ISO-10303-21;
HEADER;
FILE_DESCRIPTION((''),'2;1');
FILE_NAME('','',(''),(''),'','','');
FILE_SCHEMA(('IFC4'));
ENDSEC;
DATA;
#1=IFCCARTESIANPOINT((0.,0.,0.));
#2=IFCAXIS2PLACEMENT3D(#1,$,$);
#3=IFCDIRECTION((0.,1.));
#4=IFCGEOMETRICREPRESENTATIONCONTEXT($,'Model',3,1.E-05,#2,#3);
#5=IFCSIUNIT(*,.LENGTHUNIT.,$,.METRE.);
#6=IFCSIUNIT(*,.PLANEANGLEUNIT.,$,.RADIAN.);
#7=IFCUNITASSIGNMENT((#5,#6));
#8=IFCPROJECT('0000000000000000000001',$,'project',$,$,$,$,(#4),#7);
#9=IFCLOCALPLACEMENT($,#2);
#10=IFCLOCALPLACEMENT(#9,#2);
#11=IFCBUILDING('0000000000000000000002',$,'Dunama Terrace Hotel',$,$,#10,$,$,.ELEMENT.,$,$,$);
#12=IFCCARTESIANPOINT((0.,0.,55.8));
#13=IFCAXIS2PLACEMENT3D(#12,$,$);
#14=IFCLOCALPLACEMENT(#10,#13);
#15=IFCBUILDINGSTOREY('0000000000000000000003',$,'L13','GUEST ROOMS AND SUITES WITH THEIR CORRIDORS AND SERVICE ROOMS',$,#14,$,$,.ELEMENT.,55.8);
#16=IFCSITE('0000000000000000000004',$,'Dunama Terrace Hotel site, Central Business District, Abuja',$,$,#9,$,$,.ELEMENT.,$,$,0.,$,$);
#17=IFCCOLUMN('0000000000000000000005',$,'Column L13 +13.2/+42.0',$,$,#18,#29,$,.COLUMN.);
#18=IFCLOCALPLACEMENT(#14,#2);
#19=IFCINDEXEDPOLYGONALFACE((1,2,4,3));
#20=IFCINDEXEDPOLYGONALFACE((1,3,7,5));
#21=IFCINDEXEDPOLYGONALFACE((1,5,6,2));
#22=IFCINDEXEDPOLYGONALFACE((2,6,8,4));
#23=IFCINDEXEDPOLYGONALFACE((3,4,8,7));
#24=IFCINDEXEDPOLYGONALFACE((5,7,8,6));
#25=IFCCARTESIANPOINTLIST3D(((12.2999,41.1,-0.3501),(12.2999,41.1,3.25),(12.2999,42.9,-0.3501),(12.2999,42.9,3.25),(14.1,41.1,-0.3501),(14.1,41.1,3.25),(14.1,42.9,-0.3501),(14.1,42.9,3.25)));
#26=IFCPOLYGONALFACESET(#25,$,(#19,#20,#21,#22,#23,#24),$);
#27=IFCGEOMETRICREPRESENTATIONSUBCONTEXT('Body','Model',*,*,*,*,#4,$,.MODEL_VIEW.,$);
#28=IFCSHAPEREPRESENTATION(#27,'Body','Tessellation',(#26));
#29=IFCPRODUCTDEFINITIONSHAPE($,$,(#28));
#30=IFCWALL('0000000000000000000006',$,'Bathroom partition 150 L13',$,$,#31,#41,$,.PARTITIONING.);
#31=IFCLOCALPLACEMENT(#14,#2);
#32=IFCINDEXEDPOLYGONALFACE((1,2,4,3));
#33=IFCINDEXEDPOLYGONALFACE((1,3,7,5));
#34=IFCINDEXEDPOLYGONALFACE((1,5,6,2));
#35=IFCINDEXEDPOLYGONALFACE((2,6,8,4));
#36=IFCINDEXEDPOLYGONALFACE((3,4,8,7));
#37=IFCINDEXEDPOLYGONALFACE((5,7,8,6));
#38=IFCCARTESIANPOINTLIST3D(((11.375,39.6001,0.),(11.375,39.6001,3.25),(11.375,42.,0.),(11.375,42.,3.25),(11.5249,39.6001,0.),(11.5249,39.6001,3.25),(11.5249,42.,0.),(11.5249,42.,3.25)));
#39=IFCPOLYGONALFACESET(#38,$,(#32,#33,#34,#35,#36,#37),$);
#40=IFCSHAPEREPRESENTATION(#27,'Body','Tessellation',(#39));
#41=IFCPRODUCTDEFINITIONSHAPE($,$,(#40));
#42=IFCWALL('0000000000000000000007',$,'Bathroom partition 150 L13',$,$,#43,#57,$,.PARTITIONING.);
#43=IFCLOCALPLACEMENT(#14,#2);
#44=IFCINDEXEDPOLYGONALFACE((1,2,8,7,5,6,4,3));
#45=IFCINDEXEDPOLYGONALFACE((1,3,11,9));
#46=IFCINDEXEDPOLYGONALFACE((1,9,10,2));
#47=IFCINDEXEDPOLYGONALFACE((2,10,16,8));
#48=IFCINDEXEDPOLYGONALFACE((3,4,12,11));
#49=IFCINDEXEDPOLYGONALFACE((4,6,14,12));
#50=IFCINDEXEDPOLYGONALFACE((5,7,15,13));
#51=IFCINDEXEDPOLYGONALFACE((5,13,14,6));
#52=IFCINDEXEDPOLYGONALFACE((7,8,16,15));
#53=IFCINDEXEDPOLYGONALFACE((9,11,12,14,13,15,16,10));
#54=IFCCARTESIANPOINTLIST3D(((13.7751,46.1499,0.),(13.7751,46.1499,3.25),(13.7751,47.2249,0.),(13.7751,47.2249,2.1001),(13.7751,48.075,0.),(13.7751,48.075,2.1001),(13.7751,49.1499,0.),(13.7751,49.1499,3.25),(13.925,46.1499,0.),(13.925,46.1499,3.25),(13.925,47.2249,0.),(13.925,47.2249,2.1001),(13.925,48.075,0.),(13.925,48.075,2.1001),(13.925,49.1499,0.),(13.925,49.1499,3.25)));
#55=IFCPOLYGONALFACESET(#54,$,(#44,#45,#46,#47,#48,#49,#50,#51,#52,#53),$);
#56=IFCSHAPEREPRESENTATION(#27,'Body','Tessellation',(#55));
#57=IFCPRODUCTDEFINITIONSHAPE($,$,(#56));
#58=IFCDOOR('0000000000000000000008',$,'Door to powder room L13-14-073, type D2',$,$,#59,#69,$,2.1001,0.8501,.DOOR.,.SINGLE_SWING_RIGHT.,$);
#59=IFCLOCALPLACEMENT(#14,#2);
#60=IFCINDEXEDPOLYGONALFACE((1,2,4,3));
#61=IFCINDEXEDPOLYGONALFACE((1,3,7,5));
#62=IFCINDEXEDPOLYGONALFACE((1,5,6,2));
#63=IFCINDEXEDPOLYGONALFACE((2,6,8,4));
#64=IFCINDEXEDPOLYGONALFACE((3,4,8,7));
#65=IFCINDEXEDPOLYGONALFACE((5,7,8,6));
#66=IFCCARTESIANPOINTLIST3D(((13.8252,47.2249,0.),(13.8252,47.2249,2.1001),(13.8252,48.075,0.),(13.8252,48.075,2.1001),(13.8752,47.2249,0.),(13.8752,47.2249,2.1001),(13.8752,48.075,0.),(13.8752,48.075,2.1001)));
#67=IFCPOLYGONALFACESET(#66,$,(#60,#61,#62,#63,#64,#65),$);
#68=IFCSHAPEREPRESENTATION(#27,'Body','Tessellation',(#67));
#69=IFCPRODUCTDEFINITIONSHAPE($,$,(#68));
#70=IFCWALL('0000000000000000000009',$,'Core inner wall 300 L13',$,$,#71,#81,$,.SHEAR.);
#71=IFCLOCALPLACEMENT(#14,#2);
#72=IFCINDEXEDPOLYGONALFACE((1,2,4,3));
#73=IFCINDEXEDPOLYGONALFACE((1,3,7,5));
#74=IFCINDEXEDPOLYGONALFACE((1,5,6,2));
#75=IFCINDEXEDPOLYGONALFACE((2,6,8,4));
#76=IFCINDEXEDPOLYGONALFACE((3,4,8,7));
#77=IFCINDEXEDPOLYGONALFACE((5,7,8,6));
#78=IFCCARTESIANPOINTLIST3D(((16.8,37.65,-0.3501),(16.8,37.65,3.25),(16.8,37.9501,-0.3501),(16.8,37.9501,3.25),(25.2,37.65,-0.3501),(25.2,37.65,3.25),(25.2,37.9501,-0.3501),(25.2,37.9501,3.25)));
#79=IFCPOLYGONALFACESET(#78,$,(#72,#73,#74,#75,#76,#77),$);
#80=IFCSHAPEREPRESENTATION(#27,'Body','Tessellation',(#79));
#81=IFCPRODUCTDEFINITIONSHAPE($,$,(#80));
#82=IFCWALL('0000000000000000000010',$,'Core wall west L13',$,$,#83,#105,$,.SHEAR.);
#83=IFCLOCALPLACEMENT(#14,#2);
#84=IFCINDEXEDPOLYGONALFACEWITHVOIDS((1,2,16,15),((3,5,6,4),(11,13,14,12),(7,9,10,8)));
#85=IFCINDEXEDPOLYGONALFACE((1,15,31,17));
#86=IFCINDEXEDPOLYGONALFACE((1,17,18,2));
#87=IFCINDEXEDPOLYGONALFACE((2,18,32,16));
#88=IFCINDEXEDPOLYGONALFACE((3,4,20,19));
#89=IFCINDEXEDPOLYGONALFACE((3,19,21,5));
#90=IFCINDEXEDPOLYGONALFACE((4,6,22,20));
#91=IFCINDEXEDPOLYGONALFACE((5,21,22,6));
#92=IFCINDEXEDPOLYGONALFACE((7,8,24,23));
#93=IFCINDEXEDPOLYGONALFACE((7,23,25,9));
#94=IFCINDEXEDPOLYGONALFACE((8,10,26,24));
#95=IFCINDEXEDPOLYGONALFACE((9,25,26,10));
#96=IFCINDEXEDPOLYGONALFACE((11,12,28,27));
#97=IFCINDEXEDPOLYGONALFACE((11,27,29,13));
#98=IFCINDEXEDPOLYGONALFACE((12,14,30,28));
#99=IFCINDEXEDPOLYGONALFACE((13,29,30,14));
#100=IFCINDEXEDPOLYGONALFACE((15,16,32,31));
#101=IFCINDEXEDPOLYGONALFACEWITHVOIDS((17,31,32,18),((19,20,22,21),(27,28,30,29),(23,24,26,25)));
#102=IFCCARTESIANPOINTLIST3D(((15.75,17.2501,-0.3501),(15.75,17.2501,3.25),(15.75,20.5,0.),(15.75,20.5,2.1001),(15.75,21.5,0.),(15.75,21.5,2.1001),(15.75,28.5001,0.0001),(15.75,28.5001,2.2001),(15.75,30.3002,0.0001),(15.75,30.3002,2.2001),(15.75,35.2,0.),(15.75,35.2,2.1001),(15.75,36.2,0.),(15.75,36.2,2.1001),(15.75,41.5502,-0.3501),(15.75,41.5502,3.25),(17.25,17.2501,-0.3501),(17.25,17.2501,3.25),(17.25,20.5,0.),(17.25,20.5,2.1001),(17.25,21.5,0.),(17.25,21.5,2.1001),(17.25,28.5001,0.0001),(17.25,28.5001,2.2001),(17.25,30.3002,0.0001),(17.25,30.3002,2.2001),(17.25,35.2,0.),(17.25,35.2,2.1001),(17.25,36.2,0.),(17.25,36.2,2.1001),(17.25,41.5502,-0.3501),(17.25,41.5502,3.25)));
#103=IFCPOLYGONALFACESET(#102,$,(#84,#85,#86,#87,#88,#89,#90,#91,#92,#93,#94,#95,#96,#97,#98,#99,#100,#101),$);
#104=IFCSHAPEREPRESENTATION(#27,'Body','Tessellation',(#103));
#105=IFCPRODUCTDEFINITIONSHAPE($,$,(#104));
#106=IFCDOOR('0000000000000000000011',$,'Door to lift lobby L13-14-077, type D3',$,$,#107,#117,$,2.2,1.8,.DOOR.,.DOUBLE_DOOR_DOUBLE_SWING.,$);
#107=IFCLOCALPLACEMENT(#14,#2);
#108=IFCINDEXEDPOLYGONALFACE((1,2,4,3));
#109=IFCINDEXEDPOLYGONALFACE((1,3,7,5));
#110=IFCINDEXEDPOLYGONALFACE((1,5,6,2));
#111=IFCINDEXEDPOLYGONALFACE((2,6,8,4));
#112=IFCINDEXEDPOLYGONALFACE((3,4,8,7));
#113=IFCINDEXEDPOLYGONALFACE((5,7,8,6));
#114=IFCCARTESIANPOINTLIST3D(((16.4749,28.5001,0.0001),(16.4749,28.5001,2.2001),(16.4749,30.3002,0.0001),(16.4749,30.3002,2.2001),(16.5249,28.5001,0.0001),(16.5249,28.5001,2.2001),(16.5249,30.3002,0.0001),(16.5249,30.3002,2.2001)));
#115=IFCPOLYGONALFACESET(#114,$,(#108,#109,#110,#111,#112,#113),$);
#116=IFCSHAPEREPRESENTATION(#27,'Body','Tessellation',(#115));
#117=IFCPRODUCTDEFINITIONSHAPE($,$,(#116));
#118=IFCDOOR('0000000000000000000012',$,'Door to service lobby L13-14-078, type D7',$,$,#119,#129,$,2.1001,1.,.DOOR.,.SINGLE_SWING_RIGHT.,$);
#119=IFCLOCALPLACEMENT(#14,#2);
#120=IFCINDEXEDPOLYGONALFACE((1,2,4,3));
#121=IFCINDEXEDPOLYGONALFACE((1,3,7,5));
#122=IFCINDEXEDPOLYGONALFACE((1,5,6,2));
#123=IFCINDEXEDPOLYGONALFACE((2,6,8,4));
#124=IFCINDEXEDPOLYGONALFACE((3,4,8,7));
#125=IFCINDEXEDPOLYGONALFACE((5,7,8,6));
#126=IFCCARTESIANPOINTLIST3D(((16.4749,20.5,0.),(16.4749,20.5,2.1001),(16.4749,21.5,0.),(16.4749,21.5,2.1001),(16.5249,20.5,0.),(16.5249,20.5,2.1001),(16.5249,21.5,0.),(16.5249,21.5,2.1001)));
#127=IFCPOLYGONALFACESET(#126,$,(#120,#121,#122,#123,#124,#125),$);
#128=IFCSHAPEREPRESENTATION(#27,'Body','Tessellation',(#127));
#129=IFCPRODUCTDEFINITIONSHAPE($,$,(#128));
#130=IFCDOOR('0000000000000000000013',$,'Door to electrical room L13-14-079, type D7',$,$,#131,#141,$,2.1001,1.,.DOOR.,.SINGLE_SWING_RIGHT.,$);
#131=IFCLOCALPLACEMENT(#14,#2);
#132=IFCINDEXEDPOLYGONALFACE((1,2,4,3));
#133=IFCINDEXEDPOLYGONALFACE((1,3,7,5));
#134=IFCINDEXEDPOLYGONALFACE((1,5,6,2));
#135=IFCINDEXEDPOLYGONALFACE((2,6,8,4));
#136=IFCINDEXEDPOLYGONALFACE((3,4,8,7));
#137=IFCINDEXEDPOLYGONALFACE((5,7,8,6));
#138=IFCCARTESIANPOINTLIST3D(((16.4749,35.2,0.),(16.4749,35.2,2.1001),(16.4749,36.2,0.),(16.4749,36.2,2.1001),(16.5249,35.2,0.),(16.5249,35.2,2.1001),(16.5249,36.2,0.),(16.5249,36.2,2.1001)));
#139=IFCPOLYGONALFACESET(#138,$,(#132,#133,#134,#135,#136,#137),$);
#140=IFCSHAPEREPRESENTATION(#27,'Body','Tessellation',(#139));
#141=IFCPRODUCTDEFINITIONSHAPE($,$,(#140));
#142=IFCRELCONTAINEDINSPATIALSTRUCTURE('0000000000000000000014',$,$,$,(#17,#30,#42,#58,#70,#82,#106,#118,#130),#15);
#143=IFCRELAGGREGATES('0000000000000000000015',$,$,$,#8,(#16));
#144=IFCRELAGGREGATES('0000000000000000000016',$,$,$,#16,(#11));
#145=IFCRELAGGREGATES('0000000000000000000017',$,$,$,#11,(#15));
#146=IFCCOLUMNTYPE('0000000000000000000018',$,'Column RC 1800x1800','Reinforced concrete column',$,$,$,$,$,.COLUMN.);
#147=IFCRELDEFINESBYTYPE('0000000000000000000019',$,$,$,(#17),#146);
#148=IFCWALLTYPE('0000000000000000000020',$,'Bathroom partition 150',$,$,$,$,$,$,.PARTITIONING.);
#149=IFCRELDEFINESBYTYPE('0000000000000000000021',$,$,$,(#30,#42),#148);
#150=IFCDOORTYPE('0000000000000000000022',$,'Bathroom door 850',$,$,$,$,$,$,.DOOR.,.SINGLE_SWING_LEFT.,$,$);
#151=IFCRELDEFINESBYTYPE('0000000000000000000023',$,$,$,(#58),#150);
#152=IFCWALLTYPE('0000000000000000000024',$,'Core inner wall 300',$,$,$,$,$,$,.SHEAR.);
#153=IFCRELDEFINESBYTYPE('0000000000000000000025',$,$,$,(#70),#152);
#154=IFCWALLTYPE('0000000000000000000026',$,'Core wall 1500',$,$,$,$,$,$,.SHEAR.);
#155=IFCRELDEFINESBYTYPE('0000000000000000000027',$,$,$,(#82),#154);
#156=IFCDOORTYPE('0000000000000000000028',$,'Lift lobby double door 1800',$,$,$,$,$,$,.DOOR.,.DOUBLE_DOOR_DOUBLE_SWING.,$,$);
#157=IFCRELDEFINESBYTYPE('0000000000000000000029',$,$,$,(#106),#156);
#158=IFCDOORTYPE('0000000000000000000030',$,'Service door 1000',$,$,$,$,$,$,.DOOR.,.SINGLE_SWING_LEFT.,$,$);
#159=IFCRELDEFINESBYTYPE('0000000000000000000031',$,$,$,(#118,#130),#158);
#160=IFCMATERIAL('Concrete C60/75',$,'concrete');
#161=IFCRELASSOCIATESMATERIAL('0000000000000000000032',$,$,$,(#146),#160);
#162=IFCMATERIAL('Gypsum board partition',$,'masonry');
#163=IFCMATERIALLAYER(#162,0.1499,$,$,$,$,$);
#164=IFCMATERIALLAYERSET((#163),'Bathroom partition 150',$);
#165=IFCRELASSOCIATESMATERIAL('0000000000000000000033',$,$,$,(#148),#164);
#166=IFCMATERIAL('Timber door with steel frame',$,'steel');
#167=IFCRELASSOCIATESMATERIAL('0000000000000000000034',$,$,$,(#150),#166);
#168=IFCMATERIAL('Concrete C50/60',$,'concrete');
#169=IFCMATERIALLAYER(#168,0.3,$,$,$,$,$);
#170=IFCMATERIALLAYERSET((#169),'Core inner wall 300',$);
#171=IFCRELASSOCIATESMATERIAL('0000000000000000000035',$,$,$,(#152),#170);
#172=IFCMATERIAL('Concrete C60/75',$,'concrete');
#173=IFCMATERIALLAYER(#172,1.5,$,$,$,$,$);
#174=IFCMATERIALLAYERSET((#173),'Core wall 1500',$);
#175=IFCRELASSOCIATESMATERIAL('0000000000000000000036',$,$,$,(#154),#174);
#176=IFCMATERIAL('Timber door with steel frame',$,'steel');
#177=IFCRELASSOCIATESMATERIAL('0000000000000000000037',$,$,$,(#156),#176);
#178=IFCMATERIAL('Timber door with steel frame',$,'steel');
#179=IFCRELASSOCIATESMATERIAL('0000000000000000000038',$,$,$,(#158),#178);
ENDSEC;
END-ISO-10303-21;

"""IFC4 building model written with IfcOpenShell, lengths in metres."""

from ifc_helpers import new_model, si_unit, direction, frame, frame_2d, origin, origin_2d, place, context, subcontext, project, spatial, rectangle, extrude, material, layer, layer_set, material_profile, profile_set, type_object, element, fill, save


model = new_model("IFC4")

# Units and contexts
model_context = context("Model", 3, precision=1e-05, world=origin(), true_north=direction((0.0, 1.0)))
body_context = subcontext(model_context, "Body", "Model", "MODEL_VIEW")
ifc_project = project(units=[si_unit("LENGTHUNIT", "METRE"), si_unit("PLANEANGLEUNIT", "RADIAN")], contexts=[model_context])

# Site, building, storey
site_placement = place(None, origin())
site = spatial("IfcSite", under=ifc_project, at=site_placement, Name="Dunama Terrace Hotel site, Central Business District, Abuja", CompositionType="ELEMENT", RefElevation=0.0)
building_placement = place(site_placement, origin())
building = spatial("IfcBuilding", under=site, at=building_placement, Name="Dunama Terrace Hotel", CompositionType="ELEMENT")
storey_placement = place(building_placement, frame((0.0, 0.0, 55.8)))
storey = spatial("IfcBuildingStorey", under=building, at=storey_placement, Name="L13", Description="GUEST ROOMS AND SUITES WITH THEIR CORRIDORS AND SERVICE ROOMS", CompositionType="ELEMENT", Elevation=55.8)

# Column
ifc_material_1 = material(Name="Concrete C60/75", Category="concrete")
ifc_material_profile = material_profile(ifc_material_1, rectangle(XDim=1.8, YDim=1.8, at=origin_2d()), Name="RC 1800x1800")
ifc_profile_set = profile_set([ifc_material_profile], Name="Concrete C60/75")
column_type = type_object("IfcColumnType", Name="Column RC 1800x1800", Description="Reinforced concrete column", PredefinedType="COLUMN", material=ifc_profile_set)
column_placement = place(storey_placement, frame((13.2, 42.0, -0.3501), z_axis=(0.0, 0.0, 1.0), x_axis=(1.0, 0.0, 0.0)))
element("IfcColumn", 1, at=column_placement, inside=storey, type_object=column_type, Name="Column L13 +13.2/+42.0", PredefinedType="COLUMN", context=body_context, shape_type="SweptSolid", body=[
    extrude(rectangle(XDim=1.8, YDim=1.8, at=origin_2d()), origin(), (0.0, 0.0, 1.0), 3.6001),
])

# Wall
ifc_material_2 = material(Name="Gypsum board partition", Category="masonry")
ifc_layer_1 = layer(ifc_material_2, 0.1499)
ifc_layer_set_1 = layer_set([ifc_layer_1], Name="Bathroom partition 150")
wall_type_1 = type_object("IfcWallType", Name="Bathroom partition 150", PredefinedType="PARTITIONING", material=ifc_layer_set_1)
wall_1_placement = place(storey_placement, frame((11.45, 39.6001, 0.0), z_axis=(0.0, 0.0, 1.0), x_axis=(0.0, 1.0, 0.0)))
element("IfcWall", 2, at=wall_1_placement, inside=storey, type_object=wall_type_1, Name="Bathroom partition 150 L13", PredefinedType="PARTITIONING", context=body_context, shape_type="SweptSolid", body=[
    extrude(rectangle(XDim=2.3999, YDim=0.1499, at=frame_2d((1.2, 0.0))), origin(), (0.0, 0.0, 1.0), 3.25),
])

# Wall, opening, door
wall_2_placement = place(storey_placement, frame((13.8501, 46.1499, 0.0), z_axis=(0.0, 0.0, 1.0), x_axis=(0.0, 1.0, 0.0)))
wall_2 = element("IfcWall", 3, at=wall_2_placement, inside=storey, type_object=wall_type_1, Name="Bathroom partition 150 L13", PredefinedType="PARTITIONING", context=body_context, shape_type="SweptSolid", body=[
    extrude(rectangle(XDim=3.0, YDim=0.1499, at=frame_2d((1.5, 0.0))), origin(), (0.0, 0.0, 1.0), 3.25),
])
opening_1_placement = place(wall_2_placement, frame((1.075, 0.0, 0.0)))
opening_1 = element("IfcOpeningElement", 4, at=opening_1_placement, cuts=wall_2, PredefinedType="OPENING", context=body_context, shape_type="SweptSolid", body=[
    extrude(rectangle(XDim=0.8501, YDim=2.1001, at=frame_2d((0.425, 1.05))), frame((0.0, 0.085, 0.0), z_axis=(0.0, -1.0, 0.0), x_axis=(1.0, 0.0, 0.0)), (0.0, 0.0, 1.0), 0.1699),
])
ifc_material_3 = material(Name="Timber door with steel frame", Category="steel")
door_type_1 = type_object("IfcDoorType", Name="Bathroom door 850", OperationType="SINGLE_SWING_LEFT", PredefinedType="DOOR", material=ifc_material_3)
door_1_placement = place(opening_1_placement, frame((0.8501, 0.0, 0.0), z_axis=(0.0, 0.0, 1.0), x_axis=(-1.0, 0.0, 0.0)))
door_1 = element("IfcDoor", 5, at=door_1_placement, inside=storey, type_object=door_type_1, Name="Door to powder room L13-14-073, type D2", OperationType="SINGLE_SWING_RIGHT", OverallHeight=2.1001, OverallWidth=0.8501, PredefinedType="DOOR", context=body_context, shape_type="SweptSolid", body=[
    extrude(rectangle(XDim=0.8501, YDim=2.1001, at=frame_2d((0.425, 1.05))), frame((0.0, 0.0251, 0.0), z_axis=(0.0, -1.0, 0.0), x_axis=(1.0, 0.0, 0.0)), (0.0, 0.0, 1.0), 0.05),
])
fill(opening_1, door_1)

# Wall
ifc_material_4 = material(Name="Concrete C50/60", Category="concrete")
ifc_layer_2 = layer(ifc_material_4, 0.3)
ifc_layer_set_2 = layer_set([ifc_layer_2], Name="Core inner wall 300")
wall_type_2 = type_object("IfcWallType", Name="Core inner wall 300", PredefinedType="SHEAR", material=ifc_layer_set_2)
wall_3_placement = place(storey_placement, frame((16.8, 37.8, -0.3501), z_axis=(0.0, 0.0, 1.0), x_axis=(1.0, 0.0, 0.0)))
element("IfcWall", 6, at=wall_3_placement, inside=storey, type_object=wall_type_2, Name="Core inner wall 300 L13", PredefinedType="SHEAR", context=body_context, shape_type="SweptSolid", body=[
    extrude(rectangle(XDim=8.3999, YDim=0.3, at=frame_2d((4.2, 0.0))), origin(), (0.0, 0.0, 1.0), 3.6001),
])

# Wall, openings, doors
ifc_material_5 = material(Name="Concrete C60/75", Category="concrete")
ifc_layer_3 = layer(ifc_material_5, 1.5)
ifc_layer_set_3 = layer_set([ifc_layer_3], Name="Core wall 1500")
wall_type_3 = type_object("IfcWallType", Name="Core wall 1500", PredefinedType="SHEAR", material=ifc_layer_set_3)
wall_4_placement = place(storey_placement, frame((16.5, 41.55, -0.3501), z_axis=(0.0, 0.0, 1.0), x_axis=(0.0, -1.0, 0.0)))
wall_4 = element("IfcWall", 7, at=wall_4_placement, inside=storey, type_object=wall_type_3, Name="Core wall west L13", PredefinedType="SHEAR", context=body_context, shape_type="SweptSolid", body=[
    extrude(rectangle(XDim=24.3, YDim=1.5, at=frame_2d((12.1499, 0.0))), origin(), (0.0, 0.0, 1.0), 3.6001),
])
opening_2_placement = place(wall_4_placement, frame((11.25, 0.0, 0.3501)))
opening_2 = element("IfcOpeningElement", 8, at=opening_2_placement, cuts=wall_4, PredefinedType="OPENING", context=body_context, shape_type="SweptSolid", body=[
    extrude(rectangle(XDim=1.8, YDim=2.2, at=frame_2d((0.8999, 1.1001))), frame((0.0, 0.76, 0.0), z_axis=(0.0, -1.0, 0.0), x_axis=(1.0, 0.0, 0.0)), (0.0, 0.0, 1.0), 1.52),
])
opening_3_placement = place(wall_4_placement, frame((20.05, 0.0, 0.3501)))
opening_3 = element("IfcOpeningElement", 9, at=opening_3_placement, cuts=wall_4, PredefinedType="OPENING", context=body_context, shape_type="SweptSolid", body=[
    extrude(rectangle(XDim=1.0, YDim=2.1001, at=frame_2d((0.5, 1.05))), frame((0.0, 0.76, 0.0), z_axis=(0.0, -1.0, 0.0), x_axis=(1.0, 0.0, 0.0)), (0.0, 0.0, 1.0), 1.52),
])
opening_4_placement = place(wall_4_placement, frame((5.3501, 0.0, 0.3501)))
opening_4 = element("IfcOpeningElement", 10, at=opening_4_placement, cuts=wall_4, PredefinedType="OPENING", context=body_context, shape_type="SweptSolid", body=[
    extrude(rectangle(XDim=1.0, YDim=2.1001, at=frame_2d((0.5, 1.05))), frame((0.0, 0.76, 0.0), z_axis=(0.0, -1.0, 0.0), x_axis=(1.0, 0.0, 0.0)), (0.0, 0.0, 1.0), 1.52),
])
ifc_material_6 = material(Name="Timber door with steel frame", Category="steel")
door_type_2 = type_object("IfcDoorType", Name="Lift lobby double door 1800", OperationType="DOUBLE_DOOR_DOUBLE_SWING", PredefinedType="DOOR", material=ifc_material_6)
door_2_placement = place(opening_2_placement, origin())
door_2 = element("IfcDoor", 11, at=door_2_placement, inside=storey, type_object=door_type_2, Name="Door to lift lobby L13-14-077, type D3", OperationType="DOUBLE_DOOR_DOUBLE_SWING", OverallHeight=2.2, OverallWidth=1.8, PredefinedType="DOOR", context=body_context, shape_type="SweptSolid", body=[
    extrude(rectangle(XDim=1.8, YDim=2.2, at=frame_2d((0.8999, 1.1001))), frame((0.0, 0.0249, 0.0), z_axis=(0.0, -1.0, 0.0), x_axis=(1.0, 0.0, 0.0)), (0.0, 0.0, 1.0), 0.05),
])
fill(opening_2, door_2)
ifc_material_7 = material(Name="Timber door with steel frame", Category="steel")
door_type_3 = type_object("IfcDoorType", Name="Service door 1000", OperationType="SINGLE_SWING_LEFT", PredefinedType="DOOR", material=ifc_material_7)
door_3_placement = place(opening_3_placement, origin())
door_3 = element("IfcDoor", 12, at=door_3_placement, inside=storey, type_object=door_type_3, Name="Door to service lobby L13-14-078, type D7", OperationType="SINGLE_SWING_RIGHT", OverallHeight=2.1001, OverallWidth=1.0, PredefinedType="DOOR", context=body_context, shape_type="SweptSolid", body=[
    extrude(rectangle(XDim=1.0, YDim=2.1001, at=frame_2d((0.5, 1.05))), frame((0.0, 0.0249, 0.0), z_axis=(0.0, -1.0, 0.0), x_axis=(1.0, 0.0, 0.0)), (0.0, 0.0, 1.0), 0.05),
])
fill(opening_3, door_3)
door_4_placement = place(opening_4_placement, origin())
door_4 = element("IfcDoor", 13, at=door_4_placement, inside=storey, type_object=door_type_3, Name="Door to electrical room L13-14-079, type D7", OperationType="SINGLE_SWING_RIGHT", OverallHeight=2.1001, OverallWidth=1.0, PredefinedType="DOOR", context=body_context, shape_type="SweptSolid", body=[
    extrude(rectangle(XDim=1.0, YDim=2.1001, at=frame_2d((0.5, 1.05))), frame((0.0, 0.0249, 0.0), z_axis=(0.0, -1.0, 0.0), x_axis=(1.0, 0.0, 0.0)), (0.0, 0.0, 1.0), 0.05),
])
fill(opening_4, door_4)

save(model, "model.ifc")
